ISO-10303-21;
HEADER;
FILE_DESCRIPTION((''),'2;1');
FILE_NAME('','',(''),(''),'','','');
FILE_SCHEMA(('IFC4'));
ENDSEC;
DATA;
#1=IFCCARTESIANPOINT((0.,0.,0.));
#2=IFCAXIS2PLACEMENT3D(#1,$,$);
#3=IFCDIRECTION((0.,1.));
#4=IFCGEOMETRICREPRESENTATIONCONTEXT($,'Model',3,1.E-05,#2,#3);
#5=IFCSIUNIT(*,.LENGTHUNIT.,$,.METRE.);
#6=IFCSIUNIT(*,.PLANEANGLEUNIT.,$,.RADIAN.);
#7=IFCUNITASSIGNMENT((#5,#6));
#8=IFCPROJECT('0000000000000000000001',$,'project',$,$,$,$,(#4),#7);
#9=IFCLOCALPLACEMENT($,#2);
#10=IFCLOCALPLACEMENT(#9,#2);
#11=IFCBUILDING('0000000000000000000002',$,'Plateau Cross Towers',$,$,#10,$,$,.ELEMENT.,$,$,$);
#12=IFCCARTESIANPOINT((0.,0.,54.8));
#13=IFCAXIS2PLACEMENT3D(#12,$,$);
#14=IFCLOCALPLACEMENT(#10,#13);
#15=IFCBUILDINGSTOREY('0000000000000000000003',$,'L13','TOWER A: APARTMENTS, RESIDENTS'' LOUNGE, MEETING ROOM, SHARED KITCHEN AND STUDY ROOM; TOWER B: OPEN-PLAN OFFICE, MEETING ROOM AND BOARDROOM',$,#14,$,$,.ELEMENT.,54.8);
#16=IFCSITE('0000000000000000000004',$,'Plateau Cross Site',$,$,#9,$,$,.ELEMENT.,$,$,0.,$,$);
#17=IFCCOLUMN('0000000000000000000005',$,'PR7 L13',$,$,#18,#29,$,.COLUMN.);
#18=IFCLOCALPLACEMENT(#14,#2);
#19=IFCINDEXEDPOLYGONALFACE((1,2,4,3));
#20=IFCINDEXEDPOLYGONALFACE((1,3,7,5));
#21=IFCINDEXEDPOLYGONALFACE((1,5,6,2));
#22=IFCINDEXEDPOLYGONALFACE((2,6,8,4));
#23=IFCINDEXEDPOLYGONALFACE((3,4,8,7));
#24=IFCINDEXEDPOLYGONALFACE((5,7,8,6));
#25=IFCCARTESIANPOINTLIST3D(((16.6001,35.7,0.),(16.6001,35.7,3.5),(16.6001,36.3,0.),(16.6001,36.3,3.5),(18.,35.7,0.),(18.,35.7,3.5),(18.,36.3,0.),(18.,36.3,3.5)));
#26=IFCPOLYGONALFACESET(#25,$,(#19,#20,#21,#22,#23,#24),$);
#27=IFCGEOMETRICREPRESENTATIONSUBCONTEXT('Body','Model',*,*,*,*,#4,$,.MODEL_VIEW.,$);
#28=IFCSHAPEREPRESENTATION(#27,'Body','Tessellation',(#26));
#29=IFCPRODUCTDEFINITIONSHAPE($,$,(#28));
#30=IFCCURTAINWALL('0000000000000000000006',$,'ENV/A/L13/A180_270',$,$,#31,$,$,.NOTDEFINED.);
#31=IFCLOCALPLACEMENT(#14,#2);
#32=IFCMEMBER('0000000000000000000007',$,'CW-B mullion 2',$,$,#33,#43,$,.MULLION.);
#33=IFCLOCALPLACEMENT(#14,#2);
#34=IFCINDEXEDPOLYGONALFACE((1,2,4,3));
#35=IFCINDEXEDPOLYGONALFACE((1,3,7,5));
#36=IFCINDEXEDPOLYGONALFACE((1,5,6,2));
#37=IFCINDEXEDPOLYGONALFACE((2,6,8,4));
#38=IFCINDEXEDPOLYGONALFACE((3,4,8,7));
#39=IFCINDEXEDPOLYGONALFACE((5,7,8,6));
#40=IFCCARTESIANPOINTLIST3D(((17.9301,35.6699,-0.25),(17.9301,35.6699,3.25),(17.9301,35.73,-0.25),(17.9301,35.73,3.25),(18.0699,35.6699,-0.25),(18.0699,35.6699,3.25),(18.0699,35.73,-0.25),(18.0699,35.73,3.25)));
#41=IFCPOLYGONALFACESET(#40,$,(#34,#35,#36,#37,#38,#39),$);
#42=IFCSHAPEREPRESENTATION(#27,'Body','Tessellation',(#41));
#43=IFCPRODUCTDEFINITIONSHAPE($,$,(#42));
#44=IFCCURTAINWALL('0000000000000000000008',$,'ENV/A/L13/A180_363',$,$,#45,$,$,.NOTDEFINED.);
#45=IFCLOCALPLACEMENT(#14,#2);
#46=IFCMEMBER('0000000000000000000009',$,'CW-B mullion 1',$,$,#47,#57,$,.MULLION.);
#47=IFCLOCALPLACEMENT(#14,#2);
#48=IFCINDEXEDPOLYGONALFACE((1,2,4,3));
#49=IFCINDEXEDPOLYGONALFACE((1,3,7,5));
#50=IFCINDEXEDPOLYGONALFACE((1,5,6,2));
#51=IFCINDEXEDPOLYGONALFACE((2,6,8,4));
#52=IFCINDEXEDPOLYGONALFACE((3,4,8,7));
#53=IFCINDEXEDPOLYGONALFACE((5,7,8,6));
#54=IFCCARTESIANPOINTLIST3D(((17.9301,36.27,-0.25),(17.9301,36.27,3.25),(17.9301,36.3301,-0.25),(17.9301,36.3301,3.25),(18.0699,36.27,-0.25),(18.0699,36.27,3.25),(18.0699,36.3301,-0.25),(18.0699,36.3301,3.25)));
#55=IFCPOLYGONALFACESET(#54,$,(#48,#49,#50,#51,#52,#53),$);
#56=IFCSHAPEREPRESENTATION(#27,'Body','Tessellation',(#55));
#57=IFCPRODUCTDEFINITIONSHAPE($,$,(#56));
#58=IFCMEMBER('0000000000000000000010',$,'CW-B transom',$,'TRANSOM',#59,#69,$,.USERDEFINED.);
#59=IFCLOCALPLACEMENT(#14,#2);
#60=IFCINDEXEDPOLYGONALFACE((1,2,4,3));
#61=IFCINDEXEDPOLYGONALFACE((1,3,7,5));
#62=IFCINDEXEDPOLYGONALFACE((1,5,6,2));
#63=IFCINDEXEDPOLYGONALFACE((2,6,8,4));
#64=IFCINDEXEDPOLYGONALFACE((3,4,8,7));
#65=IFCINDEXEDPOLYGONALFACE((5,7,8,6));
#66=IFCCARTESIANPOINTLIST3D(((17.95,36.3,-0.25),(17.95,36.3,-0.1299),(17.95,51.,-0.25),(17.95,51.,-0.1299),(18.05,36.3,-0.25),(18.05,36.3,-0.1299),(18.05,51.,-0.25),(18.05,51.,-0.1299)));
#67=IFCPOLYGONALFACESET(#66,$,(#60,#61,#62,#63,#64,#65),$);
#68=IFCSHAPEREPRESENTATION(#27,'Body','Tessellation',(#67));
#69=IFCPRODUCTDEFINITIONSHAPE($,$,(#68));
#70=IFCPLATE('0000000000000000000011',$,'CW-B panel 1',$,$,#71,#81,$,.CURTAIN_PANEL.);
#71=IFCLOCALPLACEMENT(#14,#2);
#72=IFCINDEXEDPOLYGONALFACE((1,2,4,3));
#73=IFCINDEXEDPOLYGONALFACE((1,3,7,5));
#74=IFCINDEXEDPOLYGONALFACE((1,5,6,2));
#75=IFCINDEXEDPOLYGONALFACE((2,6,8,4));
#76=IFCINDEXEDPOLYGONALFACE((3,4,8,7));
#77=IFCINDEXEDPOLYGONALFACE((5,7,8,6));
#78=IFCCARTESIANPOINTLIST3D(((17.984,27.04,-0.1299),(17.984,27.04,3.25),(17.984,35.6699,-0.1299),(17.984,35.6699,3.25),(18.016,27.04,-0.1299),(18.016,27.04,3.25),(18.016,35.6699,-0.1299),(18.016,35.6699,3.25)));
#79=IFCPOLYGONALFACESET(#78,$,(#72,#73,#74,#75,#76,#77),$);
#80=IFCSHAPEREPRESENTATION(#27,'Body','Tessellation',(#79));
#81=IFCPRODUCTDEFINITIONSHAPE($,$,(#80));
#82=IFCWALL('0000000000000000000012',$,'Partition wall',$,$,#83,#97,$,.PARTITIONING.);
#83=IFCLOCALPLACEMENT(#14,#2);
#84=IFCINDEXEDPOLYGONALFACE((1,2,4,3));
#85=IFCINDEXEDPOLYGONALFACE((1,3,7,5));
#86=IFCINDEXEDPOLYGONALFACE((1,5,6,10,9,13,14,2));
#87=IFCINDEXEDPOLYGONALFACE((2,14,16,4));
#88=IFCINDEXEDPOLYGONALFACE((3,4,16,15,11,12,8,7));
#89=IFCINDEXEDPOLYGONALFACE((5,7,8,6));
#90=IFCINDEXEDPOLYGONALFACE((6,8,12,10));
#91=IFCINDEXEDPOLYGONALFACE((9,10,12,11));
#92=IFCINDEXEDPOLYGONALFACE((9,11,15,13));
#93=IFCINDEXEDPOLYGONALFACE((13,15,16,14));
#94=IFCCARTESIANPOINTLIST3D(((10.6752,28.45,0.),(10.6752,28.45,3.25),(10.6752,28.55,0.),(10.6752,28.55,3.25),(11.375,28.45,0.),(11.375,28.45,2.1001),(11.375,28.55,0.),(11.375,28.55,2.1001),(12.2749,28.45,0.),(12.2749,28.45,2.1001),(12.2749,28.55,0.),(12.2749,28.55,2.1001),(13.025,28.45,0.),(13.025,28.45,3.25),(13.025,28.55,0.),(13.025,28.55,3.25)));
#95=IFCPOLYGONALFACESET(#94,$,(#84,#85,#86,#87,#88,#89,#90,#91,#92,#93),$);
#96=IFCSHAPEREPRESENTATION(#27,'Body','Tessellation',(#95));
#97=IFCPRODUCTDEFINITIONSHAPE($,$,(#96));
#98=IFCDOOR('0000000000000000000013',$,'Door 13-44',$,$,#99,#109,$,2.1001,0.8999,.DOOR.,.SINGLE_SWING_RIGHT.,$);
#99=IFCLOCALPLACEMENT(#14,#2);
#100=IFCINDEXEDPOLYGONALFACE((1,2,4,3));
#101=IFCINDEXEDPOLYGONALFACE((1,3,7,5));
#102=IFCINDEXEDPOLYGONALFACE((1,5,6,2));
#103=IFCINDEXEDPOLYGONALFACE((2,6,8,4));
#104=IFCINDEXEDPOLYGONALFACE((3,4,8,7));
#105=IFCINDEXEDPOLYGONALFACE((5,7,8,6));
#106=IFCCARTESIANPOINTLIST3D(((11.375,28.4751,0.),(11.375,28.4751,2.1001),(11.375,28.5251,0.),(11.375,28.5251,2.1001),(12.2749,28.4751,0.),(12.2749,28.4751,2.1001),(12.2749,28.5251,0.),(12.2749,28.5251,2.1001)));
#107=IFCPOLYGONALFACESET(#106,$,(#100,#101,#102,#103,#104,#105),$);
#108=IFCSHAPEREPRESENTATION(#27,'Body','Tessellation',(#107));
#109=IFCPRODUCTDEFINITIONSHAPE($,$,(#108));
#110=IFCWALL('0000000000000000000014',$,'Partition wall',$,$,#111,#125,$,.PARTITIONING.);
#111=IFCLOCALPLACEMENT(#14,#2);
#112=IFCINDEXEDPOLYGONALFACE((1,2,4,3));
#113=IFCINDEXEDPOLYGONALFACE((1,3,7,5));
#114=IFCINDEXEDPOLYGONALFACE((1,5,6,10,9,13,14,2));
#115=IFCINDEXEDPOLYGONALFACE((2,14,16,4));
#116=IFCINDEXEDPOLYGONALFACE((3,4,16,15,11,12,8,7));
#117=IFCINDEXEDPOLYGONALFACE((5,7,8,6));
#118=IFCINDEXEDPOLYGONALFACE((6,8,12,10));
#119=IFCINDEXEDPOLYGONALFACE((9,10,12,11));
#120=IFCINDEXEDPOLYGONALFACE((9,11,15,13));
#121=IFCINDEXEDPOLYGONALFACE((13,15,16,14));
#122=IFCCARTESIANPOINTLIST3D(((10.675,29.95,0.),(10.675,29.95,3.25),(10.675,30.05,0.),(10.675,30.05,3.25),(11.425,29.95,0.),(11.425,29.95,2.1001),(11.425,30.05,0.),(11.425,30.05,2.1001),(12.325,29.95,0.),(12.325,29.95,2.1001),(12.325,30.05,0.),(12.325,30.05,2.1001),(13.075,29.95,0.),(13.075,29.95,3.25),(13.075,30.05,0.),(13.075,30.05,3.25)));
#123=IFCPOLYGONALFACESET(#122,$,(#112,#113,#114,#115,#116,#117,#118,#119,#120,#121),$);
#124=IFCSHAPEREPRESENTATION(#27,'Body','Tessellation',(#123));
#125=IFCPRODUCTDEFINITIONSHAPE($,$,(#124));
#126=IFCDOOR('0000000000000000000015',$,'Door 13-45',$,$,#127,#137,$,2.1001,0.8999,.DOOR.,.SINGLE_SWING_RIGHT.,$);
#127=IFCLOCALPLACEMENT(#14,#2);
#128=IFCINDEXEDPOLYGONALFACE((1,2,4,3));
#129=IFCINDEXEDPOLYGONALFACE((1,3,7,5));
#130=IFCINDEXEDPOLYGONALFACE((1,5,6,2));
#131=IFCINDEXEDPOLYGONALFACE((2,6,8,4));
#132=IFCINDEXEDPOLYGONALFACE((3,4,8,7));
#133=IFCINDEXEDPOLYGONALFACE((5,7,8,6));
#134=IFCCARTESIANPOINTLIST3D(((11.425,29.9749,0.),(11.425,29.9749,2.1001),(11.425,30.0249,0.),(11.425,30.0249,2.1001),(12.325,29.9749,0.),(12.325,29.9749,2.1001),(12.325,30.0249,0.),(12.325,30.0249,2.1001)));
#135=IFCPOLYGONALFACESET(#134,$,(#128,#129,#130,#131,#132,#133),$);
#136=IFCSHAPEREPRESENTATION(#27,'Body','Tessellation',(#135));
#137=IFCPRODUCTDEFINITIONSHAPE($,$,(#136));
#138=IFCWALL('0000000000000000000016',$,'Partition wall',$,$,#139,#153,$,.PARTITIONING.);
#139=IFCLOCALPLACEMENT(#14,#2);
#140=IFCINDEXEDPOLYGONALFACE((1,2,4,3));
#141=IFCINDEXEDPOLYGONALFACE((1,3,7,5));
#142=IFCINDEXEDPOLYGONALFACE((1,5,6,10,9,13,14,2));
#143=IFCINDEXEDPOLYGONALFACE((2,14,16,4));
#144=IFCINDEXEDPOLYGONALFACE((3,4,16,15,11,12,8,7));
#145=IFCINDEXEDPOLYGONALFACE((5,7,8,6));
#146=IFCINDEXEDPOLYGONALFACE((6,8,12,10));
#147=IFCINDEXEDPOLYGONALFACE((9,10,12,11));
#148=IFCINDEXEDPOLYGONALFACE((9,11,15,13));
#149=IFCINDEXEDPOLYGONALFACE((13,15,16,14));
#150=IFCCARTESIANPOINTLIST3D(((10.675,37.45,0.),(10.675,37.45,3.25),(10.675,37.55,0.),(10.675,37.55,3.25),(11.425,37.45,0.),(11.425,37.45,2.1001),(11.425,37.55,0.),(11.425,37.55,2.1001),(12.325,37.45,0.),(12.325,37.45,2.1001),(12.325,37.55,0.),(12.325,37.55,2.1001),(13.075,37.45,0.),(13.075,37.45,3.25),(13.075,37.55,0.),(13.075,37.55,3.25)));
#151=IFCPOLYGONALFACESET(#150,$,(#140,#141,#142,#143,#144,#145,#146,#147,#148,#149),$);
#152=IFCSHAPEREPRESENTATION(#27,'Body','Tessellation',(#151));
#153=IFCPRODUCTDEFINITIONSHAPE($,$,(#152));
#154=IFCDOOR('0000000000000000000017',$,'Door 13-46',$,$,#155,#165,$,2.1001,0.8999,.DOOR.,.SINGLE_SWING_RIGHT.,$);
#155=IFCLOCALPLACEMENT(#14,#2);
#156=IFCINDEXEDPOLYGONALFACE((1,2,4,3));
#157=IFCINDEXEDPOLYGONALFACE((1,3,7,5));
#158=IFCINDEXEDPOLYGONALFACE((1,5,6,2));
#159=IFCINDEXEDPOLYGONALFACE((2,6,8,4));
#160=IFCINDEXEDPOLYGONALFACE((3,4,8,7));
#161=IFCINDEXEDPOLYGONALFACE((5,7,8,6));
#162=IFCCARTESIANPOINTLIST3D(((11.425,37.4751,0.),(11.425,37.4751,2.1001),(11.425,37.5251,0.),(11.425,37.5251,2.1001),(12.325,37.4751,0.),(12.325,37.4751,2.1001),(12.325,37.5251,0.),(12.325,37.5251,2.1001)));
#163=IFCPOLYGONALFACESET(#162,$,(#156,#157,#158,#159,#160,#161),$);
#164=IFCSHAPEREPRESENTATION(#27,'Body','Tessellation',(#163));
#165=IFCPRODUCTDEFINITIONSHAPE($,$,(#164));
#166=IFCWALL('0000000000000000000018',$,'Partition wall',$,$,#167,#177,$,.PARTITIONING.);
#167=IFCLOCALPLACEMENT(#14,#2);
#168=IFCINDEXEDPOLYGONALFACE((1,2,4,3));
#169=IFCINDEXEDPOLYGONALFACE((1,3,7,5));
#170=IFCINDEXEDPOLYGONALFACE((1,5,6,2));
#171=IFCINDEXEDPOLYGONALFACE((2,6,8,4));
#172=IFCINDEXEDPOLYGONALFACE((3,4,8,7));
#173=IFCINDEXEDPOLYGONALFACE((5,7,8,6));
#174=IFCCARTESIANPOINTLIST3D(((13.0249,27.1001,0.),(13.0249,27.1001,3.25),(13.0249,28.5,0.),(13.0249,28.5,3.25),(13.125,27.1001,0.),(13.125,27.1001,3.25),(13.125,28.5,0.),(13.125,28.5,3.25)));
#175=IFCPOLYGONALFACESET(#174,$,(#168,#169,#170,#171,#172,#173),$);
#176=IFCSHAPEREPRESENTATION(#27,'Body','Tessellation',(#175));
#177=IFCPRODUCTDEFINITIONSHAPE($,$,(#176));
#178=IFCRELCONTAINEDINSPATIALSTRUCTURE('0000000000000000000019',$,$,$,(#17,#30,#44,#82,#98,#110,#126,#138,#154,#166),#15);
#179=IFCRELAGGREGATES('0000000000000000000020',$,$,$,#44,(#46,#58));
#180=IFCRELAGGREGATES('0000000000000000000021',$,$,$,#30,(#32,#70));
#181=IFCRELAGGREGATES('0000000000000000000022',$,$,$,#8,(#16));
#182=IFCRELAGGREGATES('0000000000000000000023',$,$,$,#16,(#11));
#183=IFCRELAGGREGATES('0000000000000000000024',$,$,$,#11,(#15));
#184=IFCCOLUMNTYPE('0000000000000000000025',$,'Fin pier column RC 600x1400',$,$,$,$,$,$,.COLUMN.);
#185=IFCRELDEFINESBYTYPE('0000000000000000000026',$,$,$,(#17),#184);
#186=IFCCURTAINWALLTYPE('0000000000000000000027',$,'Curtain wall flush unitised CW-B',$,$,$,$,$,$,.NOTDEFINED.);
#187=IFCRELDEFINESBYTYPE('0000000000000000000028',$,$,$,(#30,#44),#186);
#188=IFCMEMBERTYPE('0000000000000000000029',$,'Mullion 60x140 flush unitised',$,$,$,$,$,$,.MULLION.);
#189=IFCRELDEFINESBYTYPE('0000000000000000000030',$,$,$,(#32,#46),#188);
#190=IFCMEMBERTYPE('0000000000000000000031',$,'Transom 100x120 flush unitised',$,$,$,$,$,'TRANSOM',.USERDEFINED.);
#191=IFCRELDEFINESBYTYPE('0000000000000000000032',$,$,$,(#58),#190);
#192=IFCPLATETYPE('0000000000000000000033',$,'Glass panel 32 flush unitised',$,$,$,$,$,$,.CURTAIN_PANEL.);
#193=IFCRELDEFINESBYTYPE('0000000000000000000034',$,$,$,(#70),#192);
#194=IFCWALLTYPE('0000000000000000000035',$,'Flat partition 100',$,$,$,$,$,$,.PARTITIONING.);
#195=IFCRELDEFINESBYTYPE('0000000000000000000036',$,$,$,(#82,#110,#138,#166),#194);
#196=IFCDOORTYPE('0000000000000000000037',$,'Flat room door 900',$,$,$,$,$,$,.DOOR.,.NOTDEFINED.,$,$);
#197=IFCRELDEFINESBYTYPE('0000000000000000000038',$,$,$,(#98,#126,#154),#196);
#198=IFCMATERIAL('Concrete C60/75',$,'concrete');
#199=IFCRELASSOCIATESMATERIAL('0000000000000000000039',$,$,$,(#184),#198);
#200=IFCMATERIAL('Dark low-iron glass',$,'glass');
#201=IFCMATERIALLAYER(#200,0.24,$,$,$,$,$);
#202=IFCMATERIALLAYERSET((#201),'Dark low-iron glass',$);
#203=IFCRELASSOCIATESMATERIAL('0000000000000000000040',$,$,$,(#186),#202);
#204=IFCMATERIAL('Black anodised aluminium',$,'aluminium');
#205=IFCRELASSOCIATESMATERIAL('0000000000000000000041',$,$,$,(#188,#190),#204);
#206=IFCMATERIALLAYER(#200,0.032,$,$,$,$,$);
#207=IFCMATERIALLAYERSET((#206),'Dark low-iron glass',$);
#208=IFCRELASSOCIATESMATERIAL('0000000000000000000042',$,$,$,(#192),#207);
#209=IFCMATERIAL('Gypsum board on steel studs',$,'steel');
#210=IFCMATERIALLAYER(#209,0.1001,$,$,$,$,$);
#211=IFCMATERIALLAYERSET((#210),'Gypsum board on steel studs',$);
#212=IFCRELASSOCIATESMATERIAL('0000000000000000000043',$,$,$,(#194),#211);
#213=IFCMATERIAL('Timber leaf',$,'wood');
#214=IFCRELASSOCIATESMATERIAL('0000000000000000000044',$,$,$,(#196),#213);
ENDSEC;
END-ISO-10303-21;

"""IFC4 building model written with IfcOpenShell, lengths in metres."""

from ifc_helpers import new_model, si_unit, direction, frame, frame_2d, origin, origin_2d, place, context, subcontext, project, spatial, rectangle, extrude, material, layer, layer_set, material_profile, profile_set, type_object, element, fill, aggregate, save


model = new_model("IFC4")

# Units and contexts
model_context = context("Model", 3, precision=1e-05, world=origin(), true_north=direction((0.0, 1.0)))
body_context = subcontext(model_context, "Body", "Model", "MODEL_VIEW")
ifc_project = project(units=[si_unit("LENGTHUNIT", "METRE"), si_unit("PLANEANGLEUNIT", "RADIAN")], contexts=[model_context])

# Site, building, storey
site_placement = place(None, origin())
site = spatial("IfcSite", under=ifc_project, at=site_placement, Name="Plateau Cross Site", CompositionType="ELEMENT", RefElevation=0.0)
building_placement = place(site_placement, origin())
building = spatial("IfcBuilding", under=site, at=building_placement, Name="Plateau Cross Towers", CompositionType="ELEMENT")
storey_placement = place(building_placement, frame((0.0, 0.0, 54.8)))
storey = spatial("IfcBuildingStorey", under=building, at=storey_placement, Name="L13", Description="TOWER A: APARTMENTS, RESIDENTS' LOUNGE, MEETING ROOM, SHARED KITCHEN AND STUDY ROOM; TOWER B: OPEN-PLAN OFFICE, MEETING ROOM AND BOARDROOM", CompositionType="ELEMENT", Elevation=54.8)

# Column
ifc_material_1 = material(Name="Concrete C60/75", Category="concrete")
ifc_material_profile_1 = material_profile(ifc_material_1, rectangle(XDim=0.6001, YDim=1.3999, at=origin_2d()), Name="RC 600x1400")
ifc_profile_set_1 = profile_set([ifc_material_profile_1], Name="Concrete C60/75")
column_type = type_object("IfcColumnType", Name="Fin pier column RC 600x1400", PredefinedType="COLUMN", material=ifc_profile_set_1)
column_placement = place(storey_placement, frame((17.3, 36.0, 0.0), z_axis=(0.0, 0.0, 1.0), x_axis=(0.0, 1.0, 0.0)))
element("IfcColumn", 1, at=column_placement, inside=storey, type_object=column_type, Name="PR7 L13", PredefinedType="COLUMN", context=body_context, shape_type="SweptSolid", body=[
    extrude(rectangle(XDim=0.6001, YDim=1.3999, at=origin_2d()), origin(), (0.0, 0.0, 1.0), 3.5),
])

# Curtain wall, member
ifc_material_2 = material(Name="Dark low-iron glass", Category="glass")
ifc_layer_1 = layer(ifc_material_2, 0.24)
ifc_layer_set_1 = layer_set([ifc_layer_1], Name="Dark low-iron glass")
curtain_wall_type = type_object("IfcCurtainWallType", Name="Curtain wall flush unitised CW-B", PredefinedType="NOTDEFINED", material=ifc_layer_set_1)
curtain_wall_1_placement = place(storey_placement, origin())
curtain_wall_1 = element("IfcCurtainWall", 2, at=curtain_wall_1_placement, inside=storey, type_object=curtain_wall_type, Name="ENV/A/L13/A180_270", PredefinedType="NOTDEFINED")
ifc_material_3 = material(Name="Black anodised aluminium", Category="aluminium")
ifc_material_profile_2 = material_profile(ifc_material_3, rectangle(XDim=0.0601, YDim=0.1399, at=origin_2d()), Name="MULLION 60x140")
ifc_profile_set_2 = profile_set([ifc_material_profile_2], Name="Black anodised aluminium")
member_type_1 = type_object("IfcMemberType", Name="Mullion 60x140 flush unitised", PredefinedType="MULLION", material=ifc_profile_set_2)
member_1_placement = place(storey_placement, frame((18.0, 35.7, -0.25), z_axis=(0.0, 0.0, 1.0), x_axis=(0.0, 1.0, 0.0)))
member_1 = element("IfcMember", 3, at=member_1_placement, type_object=member_type_1, Name="CW-B mullion 2", PredefinedType="MULLION", context=body_context, shape_type="SweptSolid", body=[
    extrude(rectangle(XDim=0.0601, YDim=0.1399, at=origin_2d()), origin(), (0.0, 0.0, 1.0), 3.5),
])

# Curtain wall, members
curtain_wall_2_placement = place(storey_placement, origin())
curtain_wall_2 = element("IfcCurtainWall", 4, at=curtain_wall_2_placement, inside=storey, type_object=curtain_wall_type, Name="ENV/A/L13/A180_363", PredefinedType="NOTDEFINED")
member_2_placement = place(storey_placement, frame((18.0, 36.3, -0.25), z_axis=(0.0, 0.0, 1.0), x_axis=(0.0, 1.0, 0.0)))
member_2 = element("IfcMember", 5, at=member_2_placement, type_object=member_type_1, Name="CW-B mullion 1", PredefinedType="MULLION", context=body_context, shape_type="SweptSolid", body=[
    extrude(rectangle(XDim=0.0601, YDim=0.1399, at=origin_2d()), origin(), (0.0, 0.0, 1.0), 3.5),
])
ifc_material_profile_3 = material_profile(ifc_material_3, rectangle(XDim=0.1001, YDim=0.1201, at=origin_2d()), Name="TRANSOM 100x120")
ifc_profile_set_3 = profile_set([ifc_material_profile_3], Name="Black anodised aluminium")
member_type_2 = type_object("IfcMemberType", Name="Transom 100x120 flush unitised", ElementType="TRANSOM", PredefinedType="USERDEFINED", material=ifc_profile_set_3)
member_3_placement = place(storey_placement, frame((18.0, 36.3, -0.1899), z_axis=(0.0, 1.0, 0.0), x_axis=(-1.0, 0.0, 0.0)))
member_3 = element("IfcMember", 6, at=member_3_placement, type_object=member_type_2, Name="CW-B transom", ObjectType="TRANSOM", PredefinedType="USERDEFINED", context=body_context, shape_type="SweptSolid", body=[
    extrude(rectangle(XDim=0.1001, YDim=0.1201, at=origin_2d()), origin(), (0.0, 0.0, 1.0), 14.7),
])
aggregate(curtain_wall_2, [member_2, member_3])

# Plate
ifc_layer_2 = layer(ifc_material_2, 0.032)
ifc_layer_set_2 = layer_set([ifc_layer_2], Name="Dark low-iron glass")
plate_type = type_object("IfcPlateType", Name="Glass panel 32 flush unitised", PredefinedType="CURTAIN_PANEL", material=ifc_layer_set_2)
plate_placement = place(storey_placement, frame((18.0, 31.355, -0.1299), z_axis=(0.0, 0.0, 1.0), x_axis=(0.0, 1.0, 0.0)))
plate = element("IfcPlate", 7, at=plate_placement, type_object=plate_type, Name="CW-B panel 1", PredefinedType="CURTAIN_PANEL", context=body_context, shape_type="SweptSolid", body=[
    extrude(rectangle(XDim=8.6299, YDim=0.032, at=origin_2d()), origin(), (0.0, 0.0, 1.0), 3.3799),
])
aggregate(curtain_wall_1, [member_1, plate])

# Walls, openings, doors
ifc_material_4 = material(Name="Gypsum board on steel studs", Category="steel")
ifc_layer_3 = layer(ifc_material_4, 0.1001)
ifc_layer_set_3 = layer_set([ifc_layer_3], Name="Gypsum board on steel studs")
wall_type_1 = type_object("IfcWallType", Name="Flat partition 100", PredefinedType="PARTITIONING", material=ifc_layer_set_3)
wall_1_placement = place(storey_placement, frame((13.0249, 28.5, 0.0), z_axis=(0.0, 0.0, 1.0), x_axis=(-1.0, 0.0, 0.0)))
wall_1 = element("IfcWall", 8, at=wall_1_placement, inside=storey, type_object=wall_type_1, Name="Partition wall", PredefinedType="PARTITIONING", context=body_context, shape_type="SweptSolid", body=[
    extrude(rectangle(XDim=2.3499, YDim=0.1001, at=frame_2d((1.1748, 0.0))), origin(), (0.0, 0.0, 1.0), 3.25),
])
opening_1_placement = place(wall_1_placement, frame((0.75, 0.0, 0.0)))
opening_1 = element("IfcOpeningElement", 9, at=opening_1_placement, cuts=wall_1, PredefinedType="OPENING", context=body_context, shape_type="SweptSolid", body=[
    extrude(rectangle(XDim=0.8999, YDim=2.1001, at=frame_2d((0.45, 1.05))), frame((0.0, 0.0601, 0.0), z_axis=(0.0, -1.0, 0.0), x_axis=(1.0, 0.0, 0.0)), (0.0, 0.0, 1.0), 0.1201),
])
ifc_material_5 = material(Name="Timber leaf", Category="wood")
door_type = type_object("IfcDoorType", Name="Flat room door 900", OperationType="NOTDEFINED", PredefinedType="DOOR", material=ifc_material_5)
door_1_placement = place(opening_1_placement, origin())
door_1 = element("IfcDoor", 10, at=door_1_placement, inside=storey, type_object=door_type, Name="Door 13-44", OperationType="SINGLE_SWING_RIGHT", OverallHeight=2.1001, OverallWidth=0.8999, PredefinedType="DOOR", context=body_context, shape_type="SweptSolid", body=[
    extrude(rectangle(XDim=0.8999, YDim=2.1001, at=frame_2d((0.45, 1.05))), frame((0.0, 0.0249, 0.0), z_axis=(0.0, -1.0, 0.0), x_axis=(1.0, 0.0, 0.0)), (0.0, 0.0, 1.0), 0.05),
])
fill(opening_1, door_1)
wall_2_placement = place(storey_placement, frame((10.675, 30.0, 0.0), z_axis=(0.0, 0.0, 1.0), x_axis=(1.0, 0.0, 0.0)))
wall_2 = element("IfcWall", 11, at=wall_2_placement, inside=storey, type_object=wall_type_1, Name="Partition wall", PredefinedType="PARTITIONING", context=body_context, shape_type="SweptSolid", body=[
    extrude(rectangle(XDim=2.3999, YDim=0.1001, at=frame_2d((1.2, 0.0))), origin(), (0.0, 0.0, 1.0), 3.25),
])
opening_2_placement = place(wall_2_placement, frame((0.75, 0.0, 0.0)))
opening_2 = element("IfcOpeningElement", 12, at=opening_2_placement, cuts=wall_2, PredefinedType="OPENING", context=body_context, shape_type="SweptSolid", body=[
    extrude(rectangle(XDim=0.8999, YDim=2.1001, at=frame_2d((0.45, 1.05))), frame((0.0, 0.0601, 0.0), z_axis=(0.0, -1.0, 0.0), x_axis=(1.0, 0.0, 0.0)), (0.0, 0.0, 1.0), 0.1201),
])
door_2_placement = place(opening_2_placement, origin())
door_2 = element("IfcDoor", 13, at=door_2_placement, inside=storey, type_object=door_type, Name="Door 13-45", OperationType="SINGLE_SWING_RIGHT", OverallHeight=2.1001, OverallWidth=0.8999, PredefinedType="DOOR", context=body_context, shape_type="SweptSolid", body=[
    extrude(rectangle(XDim=0.8999, YDim=2.1001, at=frame_2d((0.45, 1.05))), frame((0.0, 0.0249, 0.0), z_axis=(0.0, -1.0, 0.0), x_axis=(1.0, 0.0, 0.0)), (0.0, 0.0, 1.0), 0.05),
])
fill(opening_2, door_2)
wall_3_placement = place(storey_placement, frame((13.075, 37.5, 0.0), z_axis=(0.0, 0.0, 1.0), x_axis=(-1.0, 0.0, 0.0)))
wall_3 = element("IfcWall", 14, at=wall_3_placement, inside=storey, type_object=wall_type_1, Name="Partition wall", PredefinedType="PARTITIONING", context=body_context, shape_type="SweptSolid", body=[
    extrude(rectangle(XDim=2.3999, YDim=0.1001, at=frame_2d((1.2, 0.0))), origin(), (0.0, 0.0, 1.0), 3.25),
])
opening_3_placement = place(wall_3_placement, frame((0.75, 0.0, 0.0)))
opening_3 = element("IfcOpeningElement", 15, at=opening_3_placement, cuts=wall_3, PredefinedType="OPENING", context=body_context, shape_type="SweptSolid", body=[
    extrude(rectangle(XDim=0.8999, YDim=2.1001, at=frame_2d((0.45, 1.05))), frame((0.0, 0.0601, 0.0), z_axis=(0.0, -1.0, 0.0), x_axis=(1.0, 0.0, 0.0)), (0.0, 0.0, 1.0), 0.1201),
])
door_3_placement = place(opening_3_placement, origin())
door_3 = element("IfcDoor", 16, at=door_3_placement, inside=storey, type_object=door_type, Name="Door 13-46", OperationType="SINGLE_SWING_RIGHT", OverallHeight=2.1001, OverallWidth=0.8999, PredefinedType="DOOR", context=body_context, shape_type="SweptSolid", body=[
    extrude(rectangle(XDim=0.8999, YDim=2.1001, at=frame_2d((0.45, 1.05))), frame((0.0, 0.0249, 0.0), z_axis=(0.0, -1.0, 0.0), x_axis=(1.0, 0.0, 0.0)), (0.0, 0.0, 1.0), 0.05),
])
fill(opening_3, door_3)

# Wall
wall_4_placement = place(storey_placement, frame((13.075, 27.1001, 0.0), z_axis=(0.0, 0.0, 1.0), x_axis=(0.0, 1.0, 0.0)))
element("IfcWall", 17, at=wall_4_placement, inside=storey, type_object=wall_type_1, Name="Partition wall", PredefinedType="PARTITIONING", context=body_context, shape_type="SweptSolid", body=[
    extrude(rectangle(XDim=1.3999, YDim=0.1001, at=frame_2d((0.7, 0.0))), origin(), (0.0, 0.0, 1.0), 3.25),
])

save(model, "model.ifc")
